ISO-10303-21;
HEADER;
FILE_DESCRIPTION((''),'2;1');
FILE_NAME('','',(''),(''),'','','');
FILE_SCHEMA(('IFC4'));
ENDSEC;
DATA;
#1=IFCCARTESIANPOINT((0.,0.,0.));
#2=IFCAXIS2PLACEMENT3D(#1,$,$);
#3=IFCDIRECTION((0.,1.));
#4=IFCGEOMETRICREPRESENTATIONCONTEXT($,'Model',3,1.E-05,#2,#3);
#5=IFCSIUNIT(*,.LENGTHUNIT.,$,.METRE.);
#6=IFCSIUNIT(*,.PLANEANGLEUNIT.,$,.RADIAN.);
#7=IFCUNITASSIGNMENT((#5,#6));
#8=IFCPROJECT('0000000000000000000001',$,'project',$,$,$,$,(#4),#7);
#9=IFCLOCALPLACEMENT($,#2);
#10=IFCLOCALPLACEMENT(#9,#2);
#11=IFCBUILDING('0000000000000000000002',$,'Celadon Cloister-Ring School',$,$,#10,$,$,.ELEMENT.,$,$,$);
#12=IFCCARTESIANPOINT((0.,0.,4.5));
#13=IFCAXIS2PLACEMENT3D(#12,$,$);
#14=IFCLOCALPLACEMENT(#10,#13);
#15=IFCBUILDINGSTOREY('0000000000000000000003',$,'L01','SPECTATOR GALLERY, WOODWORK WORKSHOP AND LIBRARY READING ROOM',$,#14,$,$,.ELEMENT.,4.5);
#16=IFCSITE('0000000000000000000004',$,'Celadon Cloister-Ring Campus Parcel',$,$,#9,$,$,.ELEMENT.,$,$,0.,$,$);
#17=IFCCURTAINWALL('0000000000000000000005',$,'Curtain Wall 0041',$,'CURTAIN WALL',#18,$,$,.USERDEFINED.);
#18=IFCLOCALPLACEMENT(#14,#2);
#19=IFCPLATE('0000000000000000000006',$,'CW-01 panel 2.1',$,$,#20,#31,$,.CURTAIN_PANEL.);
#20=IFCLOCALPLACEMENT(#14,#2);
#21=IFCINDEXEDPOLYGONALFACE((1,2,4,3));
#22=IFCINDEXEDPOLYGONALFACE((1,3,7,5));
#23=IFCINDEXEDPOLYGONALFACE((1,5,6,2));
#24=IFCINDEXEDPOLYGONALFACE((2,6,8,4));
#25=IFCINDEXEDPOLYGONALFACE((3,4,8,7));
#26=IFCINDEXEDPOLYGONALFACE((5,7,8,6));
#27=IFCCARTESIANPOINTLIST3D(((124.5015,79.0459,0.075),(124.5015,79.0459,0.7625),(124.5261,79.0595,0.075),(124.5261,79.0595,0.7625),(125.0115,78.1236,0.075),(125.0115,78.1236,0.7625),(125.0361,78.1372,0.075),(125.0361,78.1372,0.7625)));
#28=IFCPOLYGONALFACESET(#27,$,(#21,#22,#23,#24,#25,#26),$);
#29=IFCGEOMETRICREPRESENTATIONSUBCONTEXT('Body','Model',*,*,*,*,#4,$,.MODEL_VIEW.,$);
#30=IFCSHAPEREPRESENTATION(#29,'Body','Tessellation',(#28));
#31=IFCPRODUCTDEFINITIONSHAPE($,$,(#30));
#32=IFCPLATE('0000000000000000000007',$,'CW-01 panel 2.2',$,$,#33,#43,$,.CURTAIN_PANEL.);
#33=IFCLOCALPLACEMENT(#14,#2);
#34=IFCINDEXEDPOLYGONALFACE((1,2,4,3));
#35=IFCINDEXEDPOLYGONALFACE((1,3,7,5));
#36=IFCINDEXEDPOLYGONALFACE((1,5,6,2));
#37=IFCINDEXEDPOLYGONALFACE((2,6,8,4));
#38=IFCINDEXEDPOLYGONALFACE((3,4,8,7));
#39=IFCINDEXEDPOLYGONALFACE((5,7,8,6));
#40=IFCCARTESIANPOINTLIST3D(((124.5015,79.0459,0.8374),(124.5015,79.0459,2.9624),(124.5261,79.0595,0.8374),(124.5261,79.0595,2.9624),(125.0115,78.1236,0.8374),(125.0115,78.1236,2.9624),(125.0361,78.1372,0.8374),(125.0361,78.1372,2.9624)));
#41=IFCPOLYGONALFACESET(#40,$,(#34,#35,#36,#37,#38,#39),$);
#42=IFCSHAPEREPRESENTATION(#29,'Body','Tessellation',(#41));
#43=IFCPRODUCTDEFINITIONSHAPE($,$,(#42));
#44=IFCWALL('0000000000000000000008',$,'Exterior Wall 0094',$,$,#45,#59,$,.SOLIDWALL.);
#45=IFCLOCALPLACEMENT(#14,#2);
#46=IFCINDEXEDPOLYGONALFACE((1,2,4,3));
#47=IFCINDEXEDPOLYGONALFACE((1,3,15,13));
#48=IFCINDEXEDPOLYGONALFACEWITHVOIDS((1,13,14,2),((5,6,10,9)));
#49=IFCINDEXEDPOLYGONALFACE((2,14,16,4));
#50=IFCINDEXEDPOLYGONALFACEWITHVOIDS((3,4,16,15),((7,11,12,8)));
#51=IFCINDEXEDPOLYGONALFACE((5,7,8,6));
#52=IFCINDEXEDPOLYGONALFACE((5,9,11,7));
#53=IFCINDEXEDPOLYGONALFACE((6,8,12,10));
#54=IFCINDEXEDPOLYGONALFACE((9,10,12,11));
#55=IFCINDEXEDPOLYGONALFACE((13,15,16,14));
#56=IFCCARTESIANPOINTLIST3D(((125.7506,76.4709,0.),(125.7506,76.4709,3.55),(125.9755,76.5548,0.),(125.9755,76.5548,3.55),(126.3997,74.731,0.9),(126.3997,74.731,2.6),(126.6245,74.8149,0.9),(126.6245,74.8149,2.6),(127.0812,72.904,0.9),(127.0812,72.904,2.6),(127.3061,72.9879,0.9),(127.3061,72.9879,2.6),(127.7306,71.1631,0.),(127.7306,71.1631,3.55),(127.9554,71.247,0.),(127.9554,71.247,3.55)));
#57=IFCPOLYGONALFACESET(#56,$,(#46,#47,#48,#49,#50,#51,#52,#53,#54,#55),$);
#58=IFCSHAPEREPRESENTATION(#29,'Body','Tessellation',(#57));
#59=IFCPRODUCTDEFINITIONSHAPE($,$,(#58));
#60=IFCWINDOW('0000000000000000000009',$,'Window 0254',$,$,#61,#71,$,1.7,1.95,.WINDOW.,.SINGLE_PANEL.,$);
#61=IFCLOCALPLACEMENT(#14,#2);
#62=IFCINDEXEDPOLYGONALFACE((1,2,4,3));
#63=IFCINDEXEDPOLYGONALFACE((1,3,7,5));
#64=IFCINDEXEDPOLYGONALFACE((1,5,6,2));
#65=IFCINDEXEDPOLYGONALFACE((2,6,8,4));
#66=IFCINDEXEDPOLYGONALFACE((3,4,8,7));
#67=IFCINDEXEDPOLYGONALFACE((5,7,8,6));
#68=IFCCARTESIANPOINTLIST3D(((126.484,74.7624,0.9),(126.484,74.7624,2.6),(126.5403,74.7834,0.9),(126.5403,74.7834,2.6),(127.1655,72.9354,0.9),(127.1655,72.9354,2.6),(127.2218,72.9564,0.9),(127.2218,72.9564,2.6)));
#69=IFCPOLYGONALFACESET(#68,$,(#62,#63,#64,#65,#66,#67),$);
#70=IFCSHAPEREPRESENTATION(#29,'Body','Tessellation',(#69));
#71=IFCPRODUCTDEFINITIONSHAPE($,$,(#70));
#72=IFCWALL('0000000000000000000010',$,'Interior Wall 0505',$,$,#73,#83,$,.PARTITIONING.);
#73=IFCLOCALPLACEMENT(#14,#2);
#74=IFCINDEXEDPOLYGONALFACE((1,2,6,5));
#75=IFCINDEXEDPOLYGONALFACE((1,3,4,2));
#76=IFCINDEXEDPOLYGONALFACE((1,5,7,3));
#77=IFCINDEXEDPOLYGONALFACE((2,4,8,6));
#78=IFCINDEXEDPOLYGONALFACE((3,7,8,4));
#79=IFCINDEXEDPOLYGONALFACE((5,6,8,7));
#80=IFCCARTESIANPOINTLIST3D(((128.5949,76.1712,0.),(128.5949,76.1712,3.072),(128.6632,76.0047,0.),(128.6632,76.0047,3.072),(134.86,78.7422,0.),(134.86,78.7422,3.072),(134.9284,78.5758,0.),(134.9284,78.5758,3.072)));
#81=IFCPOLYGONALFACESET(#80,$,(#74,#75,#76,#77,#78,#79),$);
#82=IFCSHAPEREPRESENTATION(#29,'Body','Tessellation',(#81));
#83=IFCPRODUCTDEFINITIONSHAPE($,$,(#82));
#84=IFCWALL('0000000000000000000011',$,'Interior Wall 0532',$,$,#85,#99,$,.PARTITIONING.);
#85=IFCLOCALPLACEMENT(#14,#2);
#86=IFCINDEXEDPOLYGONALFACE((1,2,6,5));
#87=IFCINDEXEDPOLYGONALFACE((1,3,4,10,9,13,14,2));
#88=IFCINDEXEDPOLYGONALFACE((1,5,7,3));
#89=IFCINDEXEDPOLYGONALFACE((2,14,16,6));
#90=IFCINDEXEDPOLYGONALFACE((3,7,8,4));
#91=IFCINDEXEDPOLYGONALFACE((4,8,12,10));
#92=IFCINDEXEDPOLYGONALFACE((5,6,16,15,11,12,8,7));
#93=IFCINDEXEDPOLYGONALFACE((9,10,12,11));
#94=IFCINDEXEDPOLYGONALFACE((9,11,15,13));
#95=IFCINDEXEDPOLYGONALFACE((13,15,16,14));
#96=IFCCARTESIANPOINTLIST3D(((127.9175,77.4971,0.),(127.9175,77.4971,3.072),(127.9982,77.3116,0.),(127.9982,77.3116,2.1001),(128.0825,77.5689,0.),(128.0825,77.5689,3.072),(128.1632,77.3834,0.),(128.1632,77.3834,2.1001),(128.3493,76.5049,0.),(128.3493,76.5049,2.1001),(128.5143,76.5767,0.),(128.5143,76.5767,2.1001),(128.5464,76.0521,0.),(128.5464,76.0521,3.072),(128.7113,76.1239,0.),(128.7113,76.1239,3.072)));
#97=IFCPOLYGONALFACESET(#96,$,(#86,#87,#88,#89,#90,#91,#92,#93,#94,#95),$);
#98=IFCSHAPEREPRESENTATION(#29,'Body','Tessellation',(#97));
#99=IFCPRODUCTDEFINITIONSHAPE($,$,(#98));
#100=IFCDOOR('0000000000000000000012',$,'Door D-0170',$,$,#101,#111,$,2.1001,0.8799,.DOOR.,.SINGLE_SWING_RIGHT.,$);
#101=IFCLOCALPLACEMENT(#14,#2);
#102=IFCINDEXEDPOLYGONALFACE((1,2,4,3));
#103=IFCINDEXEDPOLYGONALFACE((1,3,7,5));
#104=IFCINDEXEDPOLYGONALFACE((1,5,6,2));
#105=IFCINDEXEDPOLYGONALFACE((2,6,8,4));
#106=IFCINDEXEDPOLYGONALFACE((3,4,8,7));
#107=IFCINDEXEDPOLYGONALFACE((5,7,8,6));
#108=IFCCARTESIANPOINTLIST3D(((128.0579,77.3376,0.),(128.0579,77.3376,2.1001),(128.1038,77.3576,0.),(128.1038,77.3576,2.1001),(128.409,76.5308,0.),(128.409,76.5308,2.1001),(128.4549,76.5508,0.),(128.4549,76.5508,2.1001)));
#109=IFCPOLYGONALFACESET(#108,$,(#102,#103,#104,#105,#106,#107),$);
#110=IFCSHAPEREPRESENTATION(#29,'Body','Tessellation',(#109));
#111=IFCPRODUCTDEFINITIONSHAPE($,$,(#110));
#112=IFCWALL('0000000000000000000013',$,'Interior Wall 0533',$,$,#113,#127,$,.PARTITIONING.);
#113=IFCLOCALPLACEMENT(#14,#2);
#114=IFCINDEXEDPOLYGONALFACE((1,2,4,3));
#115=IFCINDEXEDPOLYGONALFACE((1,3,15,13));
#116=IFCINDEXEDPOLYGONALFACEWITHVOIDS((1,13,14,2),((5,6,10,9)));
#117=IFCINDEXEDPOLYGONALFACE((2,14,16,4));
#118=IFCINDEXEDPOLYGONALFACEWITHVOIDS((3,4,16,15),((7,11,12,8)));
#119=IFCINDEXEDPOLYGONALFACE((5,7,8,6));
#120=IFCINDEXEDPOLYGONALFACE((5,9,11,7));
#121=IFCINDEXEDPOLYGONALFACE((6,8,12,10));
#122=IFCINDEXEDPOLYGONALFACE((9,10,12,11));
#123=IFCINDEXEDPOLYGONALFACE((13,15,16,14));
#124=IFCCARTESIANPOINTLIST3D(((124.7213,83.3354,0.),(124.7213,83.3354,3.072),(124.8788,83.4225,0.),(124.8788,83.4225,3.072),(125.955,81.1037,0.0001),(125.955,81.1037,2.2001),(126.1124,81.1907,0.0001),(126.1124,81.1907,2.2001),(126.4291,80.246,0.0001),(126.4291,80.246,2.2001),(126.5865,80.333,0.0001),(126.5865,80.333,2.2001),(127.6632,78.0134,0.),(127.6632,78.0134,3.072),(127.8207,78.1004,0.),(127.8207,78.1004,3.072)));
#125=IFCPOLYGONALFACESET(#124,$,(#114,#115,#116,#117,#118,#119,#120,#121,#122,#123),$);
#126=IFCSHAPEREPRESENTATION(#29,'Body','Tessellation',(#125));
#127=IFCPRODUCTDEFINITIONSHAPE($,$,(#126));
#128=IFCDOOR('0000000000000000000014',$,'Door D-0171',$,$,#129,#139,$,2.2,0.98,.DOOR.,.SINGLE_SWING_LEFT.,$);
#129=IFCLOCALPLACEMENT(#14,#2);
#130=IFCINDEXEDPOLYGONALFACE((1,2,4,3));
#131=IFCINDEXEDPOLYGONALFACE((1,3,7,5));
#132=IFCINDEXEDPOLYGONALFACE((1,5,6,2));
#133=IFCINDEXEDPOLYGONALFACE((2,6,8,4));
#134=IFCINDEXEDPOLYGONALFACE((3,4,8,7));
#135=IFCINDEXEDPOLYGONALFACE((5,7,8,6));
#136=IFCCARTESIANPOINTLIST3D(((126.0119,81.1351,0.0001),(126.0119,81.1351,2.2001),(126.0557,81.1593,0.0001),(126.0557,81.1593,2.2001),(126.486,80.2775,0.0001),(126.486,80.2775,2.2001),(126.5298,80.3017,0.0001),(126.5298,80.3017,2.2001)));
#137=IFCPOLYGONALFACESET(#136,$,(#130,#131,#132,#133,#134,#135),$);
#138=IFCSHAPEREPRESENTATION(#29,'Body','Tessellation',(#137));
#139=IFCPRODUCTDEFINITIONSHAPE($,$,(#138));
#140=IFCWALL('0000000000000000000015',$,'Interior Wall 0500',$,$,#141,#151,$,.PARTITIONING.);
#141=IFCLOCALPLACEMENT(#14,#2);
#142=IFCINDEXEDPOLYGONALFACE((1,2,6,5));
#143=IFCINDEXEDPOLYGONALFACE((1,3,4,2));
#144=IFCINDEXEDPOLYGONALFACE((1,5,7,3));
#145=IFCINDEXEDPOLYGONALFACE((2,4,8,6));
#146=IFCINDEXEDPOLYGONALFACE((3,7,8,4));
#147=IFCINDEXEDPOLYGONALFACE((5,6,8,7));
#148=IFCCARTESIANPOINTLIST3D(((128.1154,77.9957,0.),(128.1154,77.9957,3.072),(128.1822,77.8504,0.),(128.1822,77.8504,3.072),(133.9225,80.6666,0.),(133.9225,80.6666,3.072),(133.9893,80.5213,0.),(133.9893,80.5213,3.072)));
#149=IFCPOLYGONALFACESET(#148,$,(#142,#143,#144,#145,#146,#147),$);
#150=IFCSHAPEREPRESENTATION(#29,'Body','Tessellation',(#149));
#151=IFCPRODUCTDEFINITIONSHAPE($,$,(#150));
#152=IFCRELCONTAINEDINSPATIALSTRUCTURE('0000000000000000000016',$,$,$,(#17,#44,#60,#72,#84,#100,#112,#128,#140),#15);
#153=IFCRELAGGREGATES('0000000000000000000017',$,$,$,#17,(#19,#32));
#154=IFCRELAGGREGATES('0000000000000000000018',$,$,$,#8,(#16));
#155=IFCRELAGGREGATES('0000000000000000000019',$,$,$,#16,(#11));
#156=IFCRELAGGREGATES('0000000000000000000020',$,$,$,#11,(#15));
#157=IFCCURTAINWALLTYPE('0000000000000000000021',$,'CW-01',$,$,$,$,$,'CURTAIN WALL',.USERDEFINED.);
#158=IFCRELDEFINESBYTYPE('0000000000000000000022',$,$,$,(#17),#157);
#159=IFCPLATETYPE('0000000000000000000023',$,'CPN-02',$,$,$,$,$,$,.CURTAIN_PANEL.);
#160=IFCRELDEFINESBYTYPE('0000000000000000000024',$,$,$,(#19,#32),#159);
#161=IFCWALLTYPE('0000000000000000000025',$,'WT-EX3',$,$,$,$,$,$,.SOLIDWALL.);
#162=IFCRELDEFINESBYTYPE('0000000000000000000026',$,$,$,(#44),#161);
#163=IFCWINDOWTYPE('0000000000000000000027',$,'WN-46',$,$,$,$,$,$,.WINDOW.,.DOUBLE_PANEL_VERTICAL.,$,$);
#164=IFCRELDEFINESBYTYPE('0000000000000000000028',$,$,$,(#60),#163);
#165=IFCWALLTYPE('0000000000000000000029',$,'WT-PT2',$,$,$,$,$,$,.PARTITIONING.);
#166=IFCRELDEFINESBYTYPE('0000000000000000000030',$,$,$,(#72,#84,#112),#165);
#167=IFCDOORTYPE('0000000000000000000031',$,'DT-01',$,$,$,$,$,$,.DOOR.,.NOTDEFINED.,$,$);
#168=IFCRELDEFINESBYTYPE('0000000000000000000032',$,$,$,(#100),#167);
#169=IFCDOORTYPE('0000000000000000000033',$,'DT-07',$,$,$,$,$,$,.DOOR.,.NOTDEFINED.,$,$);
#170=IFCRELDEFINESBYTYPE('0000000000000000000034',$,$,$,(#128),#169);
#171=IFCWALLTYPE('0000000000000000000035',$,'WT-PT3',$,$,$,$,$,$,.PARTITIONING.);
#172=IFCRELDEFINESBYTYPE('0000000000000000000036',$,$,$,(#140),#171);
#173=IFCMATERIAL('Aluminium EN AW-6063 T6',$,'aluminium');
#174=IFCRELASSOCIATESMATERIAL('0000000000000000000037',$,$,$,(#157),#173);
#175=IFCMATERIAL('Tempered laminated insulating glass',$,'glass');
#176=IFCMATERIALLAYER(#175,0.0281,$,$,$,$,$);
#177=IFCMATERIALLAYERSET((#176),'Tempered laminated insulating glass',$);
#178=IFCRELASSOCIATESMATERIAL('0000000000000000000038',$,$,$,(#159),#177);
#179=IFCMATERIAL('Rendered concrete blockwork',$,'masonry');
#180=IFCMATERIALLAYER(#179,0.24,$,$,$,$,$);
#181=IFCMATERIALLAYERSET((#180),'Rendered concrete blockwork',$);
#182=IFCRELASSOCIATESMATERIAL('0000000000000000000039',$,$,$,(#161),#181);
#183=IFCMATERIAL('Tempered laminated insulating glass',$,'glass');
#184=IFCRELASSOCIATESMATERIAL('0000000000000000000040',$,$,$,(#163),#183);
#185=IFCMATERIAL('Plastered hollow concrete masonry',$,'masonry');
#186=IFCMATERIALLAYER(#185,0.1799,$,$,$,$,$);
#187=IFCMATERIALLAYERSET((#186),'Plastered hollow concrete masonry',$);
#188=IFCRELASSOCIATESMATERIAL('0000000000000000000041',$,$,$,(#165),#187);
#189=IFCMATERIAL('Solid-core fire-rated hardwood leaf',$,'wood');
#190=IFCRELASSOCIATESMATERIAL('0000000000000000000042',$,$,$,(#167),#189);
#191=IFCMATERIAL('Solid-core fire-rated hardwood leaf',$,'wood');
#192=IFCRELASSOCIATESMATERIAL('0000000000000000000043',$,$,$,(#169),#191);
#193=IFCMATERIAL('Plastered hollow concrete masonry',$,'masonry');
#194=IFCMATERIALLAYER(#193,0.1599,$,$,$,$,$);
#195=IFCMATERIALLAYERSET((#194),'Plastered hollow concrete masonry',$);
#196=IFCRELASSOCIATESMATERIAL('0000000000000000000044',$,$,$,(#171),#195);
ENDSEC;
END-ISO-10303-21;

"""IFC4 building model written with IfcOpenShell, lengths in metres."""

from ifc_helpers import new_model, si_unit, direction, frame, frame_2d, origin, origin_2d, place, context, subcontext, project, spatial, rectangle, extrude, material, layer, layer_set, type_object, element, fill, aggregate, save


model = new_model("IFC4")

# Units and contexts
model_context = context("Model", 3, precision=1e-05, world=origin(), true_north=direction((0.0, 1.0)))
body_context = subcontext(model_context, "Body", "Model", "MODEL_VIEW")
ifc_project = project(units=[si_unit("LENGTHUNIT", "METRE"), si_unit("PLANEANGLEUNIT", "RADIAN")], contexts=[model_context])

# Site, building, storey
site_placement = place(None, origin())
site = spatial("IfcSite", under=ifc_project, at=site_placement, Name="Celadon Cloister-Ring Campus Parcel", CompositionType="ELEMENT", RefElevation=0.0)
building_placement = place(site_placement, origin())
building = spatial("IfcBuilding", under=site, at=building_placement, Name="Celadon Cloister-Ring School", CompositionType="ELEMENT")
storey_placement = place(building_placement, frame((0.0, 0.0, 4.5)))
storey = spatial("IfcBuildingStorey", under=building, at=storey_placement, Name="L01", Description="SPECTATOR GALLERY, WOODWORK WORKSHOP AND LIBRARY READING ROOM", CompositionType="ELEMENT", Elevation=4.5)

# Curtain wall
ifc_material_1 = material(Name="Aluminium EN AW-6063 T6", Category="aluminium")
curtain_wall_type = type_object("IfcCurtainWallType", Name="CW-01", ElementType="CURTAIN WALL", PredefinedType="USERDEFINED", material=ifc_material_1)
curtain_wall_placement = place(storey_placement, origin())
curtain_wall = element("IfcCurtainWall", 1, at=curtain_wall_placement, inside=storey, type_object=curtain_wall_type, Name="Curtain Wall 0041", ObjectType="CURTAIN WALL", PredefinedType="USERDEFINED")

# Plates
ifc_material_2 = material(Name="Tempered laminated insulating glass", Category="glass")
ifc_layer_1 = layer(ifc_material_2, 0.0281)
ifc_layer_set_1 = layer_set([ifc_layer_1], Name="Tempered laminated insulating glass")
plate_type = type_object("IfcPlateType", Name="CPN-02", PredefinedType="CURTAIN_PANEL", material=ifc_layer_set_1)
plate_1_placement = place(storey_placement, frame((124.7688, 78.5916, 0.075), z_axis=(0.0, 0.0, 1.0), x_axis=(-0.483935, 0.875104, 0.0)))
plate_1 = element("IfcPlate", 2, at=plate_1_placement, type_object=plate_type, Name="CW-01 panel 2.1", PredefinedType="CURTAIN_PANEL", context=body_context, shape_type="SweptSolid", body=[
    extrude(rectangle(XDim=1.054, YDim=0.0281, at=origin_2d()), origin(), (0.0, 0.0, 1.0), 0.6875),
])
plate_2_placement = place(storey_placement, frame((124.7688, 78.5916, 0.8374), z_axis=(0.0, 0.0, 1.0), x_axis=(-0.483935, 0.875104, 0.0)))
plate_2 = element("IfcPlate", 3, at=plate_2_placement, type_object=plate_type, Name="CW-01 panel 2.2", PredefinedType="CURTAIN_PANEL", context=body_context, shape_type="SweptSolid", body=[
    extrude(rectangle(XDim=1.054, YDim=0.0281, at=origin_2d()), origin(), (0.0, 0.0, 1.0), 2.125),
])
aggregate(curtain_wall, [plate_1, plate_2])

# Wall, opening, window
ifc_material_3 = material(Name="Rendered concrete blockwork", Category="masonry")
ifc_layer_2 = layer(ifc_material_3, 0.24)
ifc_layer_set_2 = layer_set([ifc_layer_2], Name="Rendered concrete blockwork")
wall_type_1 = type_object("IfcWallType", Name="WT-EX3", PredefinedType="SOLIDWALL", material=ifc_layer_set_2)
wall_1_placement = place(storey_placement, frame((127.843, 71.2051, 0.0), z_axis=(0.0, 0.0, 1.0), x_axis=(-0.349503, 0.936935, 0.0)))
wall_1 = element("IfcWall", 4, at=wall_1_placement, inside=storey, type_object=wall_type_1, Name="Exterior Wall 0094", PredefinedType="SOLIDWALL", context=body_context, shape_type="SweptSolid", body=[
    extrude(rectangle(XDim=5.665, YDim=0.24, at=frame_2d((2.8325, 0.0))), origin(), (0.0, 0.0, 1.0), 3.55),
])
opening_1_placement = place(wall_1_placement, frame((1.8579, 0.0, 0.8999)))
opening_1 = element("IfcOpeningElement", 5, at=opening_1_placement, cuts=wall_1, PredefinedType="OPENING", context=body_context, shape_type="SweptSolid", body=[
    extrude(rectangle(XDim=1.95, YDim=1.7, at=frame_2d((0.9751, 0.8501))), frame((0.0, 0.1299, 0.0), z_axis=(0.0, -1.0, 0.0), x_axis=(1.0, 0.0, 0.0)), (0.0, 0.0, 1.0), 0.26),
])
ifc_material_4 = material(Name="Tempered laminated insulating glass", Category="glass")
window_type = type_object("IfcWindowType", Name="WN-46", PartitioningType="DOUBLE_PANEL_VERTICAL", PredefinedType="WINDOW", material=ifc_material_4)
window_placement = place(opening_1_placement, origin())
window = element("IfcWindow", 6, at=window_placement, inside=storey, type_object=window_type, Name="Window 0254", OverallHeight=1.7, OverallWidth=1.95, PartitioningType="SINGLE_PANEL", PredefinedType="WINDOW", context=body_context, shape_type="SweptSolid", body=[
    extrude(rectangle(XDim=1.95, YDim=1.7, at=frame_2d((0.9751, 0.8501))), frame((0.0, 0.03, 0.0), z_axis=(0.0, -1.0, 0.0), x_axis=(1.0, 0.0, 0.0)), (0.0, 0.0, 1.0), 0.0601),
])
fill(opening_1, window)

# Wall
ifc_material_5 = material(Name="Plastered hollow concrete masonry", Category="masonry")
ifc_layer_3 = layer(ifc_material_5, 0.1799)
ifc_layer_set_3 = layer_set([ifc_layer_3], Name="Plastered hollow concrete masonry")
wall_type_2 = type_object("IfcWallType", Name="WT-PT2", PredefinedType="PARTITIONING", material=ifc_layer_set_3)
wall_2_placement = place(storey_placement, frame((128.6289, 76.0879, 0.0), z_axis=(0.0, 0.0, 1.0), x_axis=(0.925131, 0.379649, 0.0)))
element("IfcWall", 7, at=wall_2_placement, inside=storey, type_object=wall_type_2, Name="Interior Wall 0505", PredefinedType="PARTITIONING", context=body_context, shape_type="SweptSolid", body=[
    extrude(rectangle(XDim=6.7722, YDim=0.1799, at=frame_2d((3.3862, 0.0))), origin(), (0.0, 0.0, 1.0), 3.072),
])

# Walls, openings, doors
wall_3_placement = place(storey_placement, frame((128.6289, 76.0879, 0.0), z_axis=(0.0, 0.0, 1.0), x_axis=(-0.399055, 0.916927, 0.0)))
wall_3 = element("IfcWall", 8, at=wall_3_placement, inside=storey, type_object=wall_type_2, Name="Interior Wall 0532", PredefinedType="PARTITIONING", context=body_context, shape_type="SweptSolid", body=[
    extrude(rectangle(XDim=1.5759, YDim=0.1799, at=frame_2d((0.7881, 0.0))), origin(), (0.0, 0.0, 1.0), 3.072),
])
opening_2_placement = place(wall_3_placement, frame((0.4939, 0.0, 0.0)))
opening_2 = element("IfcOpeningElement", 9, at=opening_2_placement, cuts=wall_3, PredefinedType="OPENING", context=body_context, shape_type="SweptSolid", body=[
    extrude(rectangle(XDim=0.8799, YDim=2.1001, at=frame_2d((0.4399, 1.05))), frame((0.0, 0.1001, 0.0), z_axis=(0.0, -1.0, 0.0), x_axis=(1.0, 0.0, 0.0)), (0.0, 0.0, 1.0), 0.2),
])
ifc_material_6 = material(Name="Solid-core fire-rated hardwood leaf", Category="wood")
door_type_1 = type_object("IfcDoorType", Name="DT-01", OperationType="NOTDEFINED", PredefinedType="DOOR", material=ifc_material_6)
door_1_placement = place(opening_2_placement, origin())
door_1 = element("IfcDoor", 10, at=door_1_placement, inside=storey, type_object=door_type_1, Name="Door D-0170", OperationType="SINGLE_SWING_RIGHT", OverallHeight=2.1001, OverallWidth=0.8799, PredefinedType="DOOR", context=body_context, shape_type="SweptSolid", body=[
    extrude(rectangle(XDim=0.8799, YDim=2.1001, at=frame_2d((0.4399, 1.05))), frame((0.0, 0.0249, 0.0), z_axis=(0.0, -1.0, 0.0), x_axis=(1.0, 0.0, 0.0)), (0.0, 0.0, 1.0), 0.05),
])
fill(opening_2, door_1)
wall_4_placement = place(storey_placement, frame((127.7419, 78.0569, 0.0), z_axis=(0.0, 0.0, 1.0), x_axis=(-0.483784, 0.875187, 0.0)))
wall_4 = element("IfcWall", 11, at=wall_4_placement, inside=storey, type_object=wall_type_2, Name="Interior Wall 0533", PredefinedType="PARTITIONING", context=body_context, shape_type="SweptSolid", body=[
    extrude(rectangle(XDim=6.0811, YDim=0.1799, at=frame_2d((3.0405, 0.0))), origin(), (0.0, 0.0, 1.0), 3.072),
])
opening_3_placement = place(wall_4_placement, frame((2.551, 0.0, 0.0)))
opening_3 = element("IfcOpeningElement", 12, at=opening_3_placement, cuts=wall_4, PredefinedType="OPENING", context=body_context, shape_type="SweptSolid", body=[
    extrude(rectangle(XDim=0.98, YDim=2.2, at=frame_2d((0.49, 1.1001))), frame((0.0, 0.1001, 0.0), z_axis=(0.0, -1.0, 0.0), x_axis=(1.0, 0.0, 0.0)), (0.0, 0.0, 1.0), 0.2),
])
ifc_material_7 = material(Name="Solid-core fire-rated hardwood leaf", Category="wood")
door_type_2 = type_object("IfcDoorType", Name="DT-07", OperationType="NOTDEFINED", PredefinedType="DOOR", material=ifc_material_7)
door_2_placement = place(opening_3_placement, origin())
door_2 = element("IfcDoor", 13, at=door_2_placement, inside=storey, type_object=door_type_2, Name="Door D-0171", OperationType="SINGLE_SWING_LEFT", OverallHeight=2.2, OverallWidth=0.98, PredefinedType="DOOR", context=body_context, shape_type="SweptSolid", body=[
    extrude(rectangle(XDim=0.98, YDim=2.2, at=frame_2d((0.49, 1.1001))), frame((0.0, 0.0249, 0.0), z_axis=(0.0, -1.0, 0.0), x_axis=(1.0, 0.0, 0.0)), (0.0, 0.0, 1.0), 0.05),
])
fill(opening_3, door_2)

# Wall
ifc_material_8 = material(Name="Plastered hollow concrete masonry", Category="masonry")
ifc_layer_4 = layer(ifc_material_8, 0.1599)
ifc_layer_set_4 = layer_set([ifc_layer_4], Name="Plastered hollow concrete masonry")
wall_type_3 = type_object("IfcWallType", Name="WT-PT3", PredefinedType="PARTITIONING", material=ifc_layer_set_4)
wall_5_placement = place(storey_placement, frame((128.1489, 77.9231, 0.0), z_axis=(0.0, 0.0, 1.0), x_axis=(0.908513, 0.417856, 0.0)))
element("IfcWall", 14, at=wall_5_placement, inside=storey, type_object=wall_type_3, Name="Interior Wall 0500", PredefinedType="PARTITIONING", context=body_context, shape_type="SweptSolid", body=[
    extrude(rectangle(XDim=6.3918, YDim=0.1599, at=frame_2d((3.1958, 0.0))), origin(), (0.0, 0.0, 1.0), 3.072),
])

save(model, "model.ifc")
